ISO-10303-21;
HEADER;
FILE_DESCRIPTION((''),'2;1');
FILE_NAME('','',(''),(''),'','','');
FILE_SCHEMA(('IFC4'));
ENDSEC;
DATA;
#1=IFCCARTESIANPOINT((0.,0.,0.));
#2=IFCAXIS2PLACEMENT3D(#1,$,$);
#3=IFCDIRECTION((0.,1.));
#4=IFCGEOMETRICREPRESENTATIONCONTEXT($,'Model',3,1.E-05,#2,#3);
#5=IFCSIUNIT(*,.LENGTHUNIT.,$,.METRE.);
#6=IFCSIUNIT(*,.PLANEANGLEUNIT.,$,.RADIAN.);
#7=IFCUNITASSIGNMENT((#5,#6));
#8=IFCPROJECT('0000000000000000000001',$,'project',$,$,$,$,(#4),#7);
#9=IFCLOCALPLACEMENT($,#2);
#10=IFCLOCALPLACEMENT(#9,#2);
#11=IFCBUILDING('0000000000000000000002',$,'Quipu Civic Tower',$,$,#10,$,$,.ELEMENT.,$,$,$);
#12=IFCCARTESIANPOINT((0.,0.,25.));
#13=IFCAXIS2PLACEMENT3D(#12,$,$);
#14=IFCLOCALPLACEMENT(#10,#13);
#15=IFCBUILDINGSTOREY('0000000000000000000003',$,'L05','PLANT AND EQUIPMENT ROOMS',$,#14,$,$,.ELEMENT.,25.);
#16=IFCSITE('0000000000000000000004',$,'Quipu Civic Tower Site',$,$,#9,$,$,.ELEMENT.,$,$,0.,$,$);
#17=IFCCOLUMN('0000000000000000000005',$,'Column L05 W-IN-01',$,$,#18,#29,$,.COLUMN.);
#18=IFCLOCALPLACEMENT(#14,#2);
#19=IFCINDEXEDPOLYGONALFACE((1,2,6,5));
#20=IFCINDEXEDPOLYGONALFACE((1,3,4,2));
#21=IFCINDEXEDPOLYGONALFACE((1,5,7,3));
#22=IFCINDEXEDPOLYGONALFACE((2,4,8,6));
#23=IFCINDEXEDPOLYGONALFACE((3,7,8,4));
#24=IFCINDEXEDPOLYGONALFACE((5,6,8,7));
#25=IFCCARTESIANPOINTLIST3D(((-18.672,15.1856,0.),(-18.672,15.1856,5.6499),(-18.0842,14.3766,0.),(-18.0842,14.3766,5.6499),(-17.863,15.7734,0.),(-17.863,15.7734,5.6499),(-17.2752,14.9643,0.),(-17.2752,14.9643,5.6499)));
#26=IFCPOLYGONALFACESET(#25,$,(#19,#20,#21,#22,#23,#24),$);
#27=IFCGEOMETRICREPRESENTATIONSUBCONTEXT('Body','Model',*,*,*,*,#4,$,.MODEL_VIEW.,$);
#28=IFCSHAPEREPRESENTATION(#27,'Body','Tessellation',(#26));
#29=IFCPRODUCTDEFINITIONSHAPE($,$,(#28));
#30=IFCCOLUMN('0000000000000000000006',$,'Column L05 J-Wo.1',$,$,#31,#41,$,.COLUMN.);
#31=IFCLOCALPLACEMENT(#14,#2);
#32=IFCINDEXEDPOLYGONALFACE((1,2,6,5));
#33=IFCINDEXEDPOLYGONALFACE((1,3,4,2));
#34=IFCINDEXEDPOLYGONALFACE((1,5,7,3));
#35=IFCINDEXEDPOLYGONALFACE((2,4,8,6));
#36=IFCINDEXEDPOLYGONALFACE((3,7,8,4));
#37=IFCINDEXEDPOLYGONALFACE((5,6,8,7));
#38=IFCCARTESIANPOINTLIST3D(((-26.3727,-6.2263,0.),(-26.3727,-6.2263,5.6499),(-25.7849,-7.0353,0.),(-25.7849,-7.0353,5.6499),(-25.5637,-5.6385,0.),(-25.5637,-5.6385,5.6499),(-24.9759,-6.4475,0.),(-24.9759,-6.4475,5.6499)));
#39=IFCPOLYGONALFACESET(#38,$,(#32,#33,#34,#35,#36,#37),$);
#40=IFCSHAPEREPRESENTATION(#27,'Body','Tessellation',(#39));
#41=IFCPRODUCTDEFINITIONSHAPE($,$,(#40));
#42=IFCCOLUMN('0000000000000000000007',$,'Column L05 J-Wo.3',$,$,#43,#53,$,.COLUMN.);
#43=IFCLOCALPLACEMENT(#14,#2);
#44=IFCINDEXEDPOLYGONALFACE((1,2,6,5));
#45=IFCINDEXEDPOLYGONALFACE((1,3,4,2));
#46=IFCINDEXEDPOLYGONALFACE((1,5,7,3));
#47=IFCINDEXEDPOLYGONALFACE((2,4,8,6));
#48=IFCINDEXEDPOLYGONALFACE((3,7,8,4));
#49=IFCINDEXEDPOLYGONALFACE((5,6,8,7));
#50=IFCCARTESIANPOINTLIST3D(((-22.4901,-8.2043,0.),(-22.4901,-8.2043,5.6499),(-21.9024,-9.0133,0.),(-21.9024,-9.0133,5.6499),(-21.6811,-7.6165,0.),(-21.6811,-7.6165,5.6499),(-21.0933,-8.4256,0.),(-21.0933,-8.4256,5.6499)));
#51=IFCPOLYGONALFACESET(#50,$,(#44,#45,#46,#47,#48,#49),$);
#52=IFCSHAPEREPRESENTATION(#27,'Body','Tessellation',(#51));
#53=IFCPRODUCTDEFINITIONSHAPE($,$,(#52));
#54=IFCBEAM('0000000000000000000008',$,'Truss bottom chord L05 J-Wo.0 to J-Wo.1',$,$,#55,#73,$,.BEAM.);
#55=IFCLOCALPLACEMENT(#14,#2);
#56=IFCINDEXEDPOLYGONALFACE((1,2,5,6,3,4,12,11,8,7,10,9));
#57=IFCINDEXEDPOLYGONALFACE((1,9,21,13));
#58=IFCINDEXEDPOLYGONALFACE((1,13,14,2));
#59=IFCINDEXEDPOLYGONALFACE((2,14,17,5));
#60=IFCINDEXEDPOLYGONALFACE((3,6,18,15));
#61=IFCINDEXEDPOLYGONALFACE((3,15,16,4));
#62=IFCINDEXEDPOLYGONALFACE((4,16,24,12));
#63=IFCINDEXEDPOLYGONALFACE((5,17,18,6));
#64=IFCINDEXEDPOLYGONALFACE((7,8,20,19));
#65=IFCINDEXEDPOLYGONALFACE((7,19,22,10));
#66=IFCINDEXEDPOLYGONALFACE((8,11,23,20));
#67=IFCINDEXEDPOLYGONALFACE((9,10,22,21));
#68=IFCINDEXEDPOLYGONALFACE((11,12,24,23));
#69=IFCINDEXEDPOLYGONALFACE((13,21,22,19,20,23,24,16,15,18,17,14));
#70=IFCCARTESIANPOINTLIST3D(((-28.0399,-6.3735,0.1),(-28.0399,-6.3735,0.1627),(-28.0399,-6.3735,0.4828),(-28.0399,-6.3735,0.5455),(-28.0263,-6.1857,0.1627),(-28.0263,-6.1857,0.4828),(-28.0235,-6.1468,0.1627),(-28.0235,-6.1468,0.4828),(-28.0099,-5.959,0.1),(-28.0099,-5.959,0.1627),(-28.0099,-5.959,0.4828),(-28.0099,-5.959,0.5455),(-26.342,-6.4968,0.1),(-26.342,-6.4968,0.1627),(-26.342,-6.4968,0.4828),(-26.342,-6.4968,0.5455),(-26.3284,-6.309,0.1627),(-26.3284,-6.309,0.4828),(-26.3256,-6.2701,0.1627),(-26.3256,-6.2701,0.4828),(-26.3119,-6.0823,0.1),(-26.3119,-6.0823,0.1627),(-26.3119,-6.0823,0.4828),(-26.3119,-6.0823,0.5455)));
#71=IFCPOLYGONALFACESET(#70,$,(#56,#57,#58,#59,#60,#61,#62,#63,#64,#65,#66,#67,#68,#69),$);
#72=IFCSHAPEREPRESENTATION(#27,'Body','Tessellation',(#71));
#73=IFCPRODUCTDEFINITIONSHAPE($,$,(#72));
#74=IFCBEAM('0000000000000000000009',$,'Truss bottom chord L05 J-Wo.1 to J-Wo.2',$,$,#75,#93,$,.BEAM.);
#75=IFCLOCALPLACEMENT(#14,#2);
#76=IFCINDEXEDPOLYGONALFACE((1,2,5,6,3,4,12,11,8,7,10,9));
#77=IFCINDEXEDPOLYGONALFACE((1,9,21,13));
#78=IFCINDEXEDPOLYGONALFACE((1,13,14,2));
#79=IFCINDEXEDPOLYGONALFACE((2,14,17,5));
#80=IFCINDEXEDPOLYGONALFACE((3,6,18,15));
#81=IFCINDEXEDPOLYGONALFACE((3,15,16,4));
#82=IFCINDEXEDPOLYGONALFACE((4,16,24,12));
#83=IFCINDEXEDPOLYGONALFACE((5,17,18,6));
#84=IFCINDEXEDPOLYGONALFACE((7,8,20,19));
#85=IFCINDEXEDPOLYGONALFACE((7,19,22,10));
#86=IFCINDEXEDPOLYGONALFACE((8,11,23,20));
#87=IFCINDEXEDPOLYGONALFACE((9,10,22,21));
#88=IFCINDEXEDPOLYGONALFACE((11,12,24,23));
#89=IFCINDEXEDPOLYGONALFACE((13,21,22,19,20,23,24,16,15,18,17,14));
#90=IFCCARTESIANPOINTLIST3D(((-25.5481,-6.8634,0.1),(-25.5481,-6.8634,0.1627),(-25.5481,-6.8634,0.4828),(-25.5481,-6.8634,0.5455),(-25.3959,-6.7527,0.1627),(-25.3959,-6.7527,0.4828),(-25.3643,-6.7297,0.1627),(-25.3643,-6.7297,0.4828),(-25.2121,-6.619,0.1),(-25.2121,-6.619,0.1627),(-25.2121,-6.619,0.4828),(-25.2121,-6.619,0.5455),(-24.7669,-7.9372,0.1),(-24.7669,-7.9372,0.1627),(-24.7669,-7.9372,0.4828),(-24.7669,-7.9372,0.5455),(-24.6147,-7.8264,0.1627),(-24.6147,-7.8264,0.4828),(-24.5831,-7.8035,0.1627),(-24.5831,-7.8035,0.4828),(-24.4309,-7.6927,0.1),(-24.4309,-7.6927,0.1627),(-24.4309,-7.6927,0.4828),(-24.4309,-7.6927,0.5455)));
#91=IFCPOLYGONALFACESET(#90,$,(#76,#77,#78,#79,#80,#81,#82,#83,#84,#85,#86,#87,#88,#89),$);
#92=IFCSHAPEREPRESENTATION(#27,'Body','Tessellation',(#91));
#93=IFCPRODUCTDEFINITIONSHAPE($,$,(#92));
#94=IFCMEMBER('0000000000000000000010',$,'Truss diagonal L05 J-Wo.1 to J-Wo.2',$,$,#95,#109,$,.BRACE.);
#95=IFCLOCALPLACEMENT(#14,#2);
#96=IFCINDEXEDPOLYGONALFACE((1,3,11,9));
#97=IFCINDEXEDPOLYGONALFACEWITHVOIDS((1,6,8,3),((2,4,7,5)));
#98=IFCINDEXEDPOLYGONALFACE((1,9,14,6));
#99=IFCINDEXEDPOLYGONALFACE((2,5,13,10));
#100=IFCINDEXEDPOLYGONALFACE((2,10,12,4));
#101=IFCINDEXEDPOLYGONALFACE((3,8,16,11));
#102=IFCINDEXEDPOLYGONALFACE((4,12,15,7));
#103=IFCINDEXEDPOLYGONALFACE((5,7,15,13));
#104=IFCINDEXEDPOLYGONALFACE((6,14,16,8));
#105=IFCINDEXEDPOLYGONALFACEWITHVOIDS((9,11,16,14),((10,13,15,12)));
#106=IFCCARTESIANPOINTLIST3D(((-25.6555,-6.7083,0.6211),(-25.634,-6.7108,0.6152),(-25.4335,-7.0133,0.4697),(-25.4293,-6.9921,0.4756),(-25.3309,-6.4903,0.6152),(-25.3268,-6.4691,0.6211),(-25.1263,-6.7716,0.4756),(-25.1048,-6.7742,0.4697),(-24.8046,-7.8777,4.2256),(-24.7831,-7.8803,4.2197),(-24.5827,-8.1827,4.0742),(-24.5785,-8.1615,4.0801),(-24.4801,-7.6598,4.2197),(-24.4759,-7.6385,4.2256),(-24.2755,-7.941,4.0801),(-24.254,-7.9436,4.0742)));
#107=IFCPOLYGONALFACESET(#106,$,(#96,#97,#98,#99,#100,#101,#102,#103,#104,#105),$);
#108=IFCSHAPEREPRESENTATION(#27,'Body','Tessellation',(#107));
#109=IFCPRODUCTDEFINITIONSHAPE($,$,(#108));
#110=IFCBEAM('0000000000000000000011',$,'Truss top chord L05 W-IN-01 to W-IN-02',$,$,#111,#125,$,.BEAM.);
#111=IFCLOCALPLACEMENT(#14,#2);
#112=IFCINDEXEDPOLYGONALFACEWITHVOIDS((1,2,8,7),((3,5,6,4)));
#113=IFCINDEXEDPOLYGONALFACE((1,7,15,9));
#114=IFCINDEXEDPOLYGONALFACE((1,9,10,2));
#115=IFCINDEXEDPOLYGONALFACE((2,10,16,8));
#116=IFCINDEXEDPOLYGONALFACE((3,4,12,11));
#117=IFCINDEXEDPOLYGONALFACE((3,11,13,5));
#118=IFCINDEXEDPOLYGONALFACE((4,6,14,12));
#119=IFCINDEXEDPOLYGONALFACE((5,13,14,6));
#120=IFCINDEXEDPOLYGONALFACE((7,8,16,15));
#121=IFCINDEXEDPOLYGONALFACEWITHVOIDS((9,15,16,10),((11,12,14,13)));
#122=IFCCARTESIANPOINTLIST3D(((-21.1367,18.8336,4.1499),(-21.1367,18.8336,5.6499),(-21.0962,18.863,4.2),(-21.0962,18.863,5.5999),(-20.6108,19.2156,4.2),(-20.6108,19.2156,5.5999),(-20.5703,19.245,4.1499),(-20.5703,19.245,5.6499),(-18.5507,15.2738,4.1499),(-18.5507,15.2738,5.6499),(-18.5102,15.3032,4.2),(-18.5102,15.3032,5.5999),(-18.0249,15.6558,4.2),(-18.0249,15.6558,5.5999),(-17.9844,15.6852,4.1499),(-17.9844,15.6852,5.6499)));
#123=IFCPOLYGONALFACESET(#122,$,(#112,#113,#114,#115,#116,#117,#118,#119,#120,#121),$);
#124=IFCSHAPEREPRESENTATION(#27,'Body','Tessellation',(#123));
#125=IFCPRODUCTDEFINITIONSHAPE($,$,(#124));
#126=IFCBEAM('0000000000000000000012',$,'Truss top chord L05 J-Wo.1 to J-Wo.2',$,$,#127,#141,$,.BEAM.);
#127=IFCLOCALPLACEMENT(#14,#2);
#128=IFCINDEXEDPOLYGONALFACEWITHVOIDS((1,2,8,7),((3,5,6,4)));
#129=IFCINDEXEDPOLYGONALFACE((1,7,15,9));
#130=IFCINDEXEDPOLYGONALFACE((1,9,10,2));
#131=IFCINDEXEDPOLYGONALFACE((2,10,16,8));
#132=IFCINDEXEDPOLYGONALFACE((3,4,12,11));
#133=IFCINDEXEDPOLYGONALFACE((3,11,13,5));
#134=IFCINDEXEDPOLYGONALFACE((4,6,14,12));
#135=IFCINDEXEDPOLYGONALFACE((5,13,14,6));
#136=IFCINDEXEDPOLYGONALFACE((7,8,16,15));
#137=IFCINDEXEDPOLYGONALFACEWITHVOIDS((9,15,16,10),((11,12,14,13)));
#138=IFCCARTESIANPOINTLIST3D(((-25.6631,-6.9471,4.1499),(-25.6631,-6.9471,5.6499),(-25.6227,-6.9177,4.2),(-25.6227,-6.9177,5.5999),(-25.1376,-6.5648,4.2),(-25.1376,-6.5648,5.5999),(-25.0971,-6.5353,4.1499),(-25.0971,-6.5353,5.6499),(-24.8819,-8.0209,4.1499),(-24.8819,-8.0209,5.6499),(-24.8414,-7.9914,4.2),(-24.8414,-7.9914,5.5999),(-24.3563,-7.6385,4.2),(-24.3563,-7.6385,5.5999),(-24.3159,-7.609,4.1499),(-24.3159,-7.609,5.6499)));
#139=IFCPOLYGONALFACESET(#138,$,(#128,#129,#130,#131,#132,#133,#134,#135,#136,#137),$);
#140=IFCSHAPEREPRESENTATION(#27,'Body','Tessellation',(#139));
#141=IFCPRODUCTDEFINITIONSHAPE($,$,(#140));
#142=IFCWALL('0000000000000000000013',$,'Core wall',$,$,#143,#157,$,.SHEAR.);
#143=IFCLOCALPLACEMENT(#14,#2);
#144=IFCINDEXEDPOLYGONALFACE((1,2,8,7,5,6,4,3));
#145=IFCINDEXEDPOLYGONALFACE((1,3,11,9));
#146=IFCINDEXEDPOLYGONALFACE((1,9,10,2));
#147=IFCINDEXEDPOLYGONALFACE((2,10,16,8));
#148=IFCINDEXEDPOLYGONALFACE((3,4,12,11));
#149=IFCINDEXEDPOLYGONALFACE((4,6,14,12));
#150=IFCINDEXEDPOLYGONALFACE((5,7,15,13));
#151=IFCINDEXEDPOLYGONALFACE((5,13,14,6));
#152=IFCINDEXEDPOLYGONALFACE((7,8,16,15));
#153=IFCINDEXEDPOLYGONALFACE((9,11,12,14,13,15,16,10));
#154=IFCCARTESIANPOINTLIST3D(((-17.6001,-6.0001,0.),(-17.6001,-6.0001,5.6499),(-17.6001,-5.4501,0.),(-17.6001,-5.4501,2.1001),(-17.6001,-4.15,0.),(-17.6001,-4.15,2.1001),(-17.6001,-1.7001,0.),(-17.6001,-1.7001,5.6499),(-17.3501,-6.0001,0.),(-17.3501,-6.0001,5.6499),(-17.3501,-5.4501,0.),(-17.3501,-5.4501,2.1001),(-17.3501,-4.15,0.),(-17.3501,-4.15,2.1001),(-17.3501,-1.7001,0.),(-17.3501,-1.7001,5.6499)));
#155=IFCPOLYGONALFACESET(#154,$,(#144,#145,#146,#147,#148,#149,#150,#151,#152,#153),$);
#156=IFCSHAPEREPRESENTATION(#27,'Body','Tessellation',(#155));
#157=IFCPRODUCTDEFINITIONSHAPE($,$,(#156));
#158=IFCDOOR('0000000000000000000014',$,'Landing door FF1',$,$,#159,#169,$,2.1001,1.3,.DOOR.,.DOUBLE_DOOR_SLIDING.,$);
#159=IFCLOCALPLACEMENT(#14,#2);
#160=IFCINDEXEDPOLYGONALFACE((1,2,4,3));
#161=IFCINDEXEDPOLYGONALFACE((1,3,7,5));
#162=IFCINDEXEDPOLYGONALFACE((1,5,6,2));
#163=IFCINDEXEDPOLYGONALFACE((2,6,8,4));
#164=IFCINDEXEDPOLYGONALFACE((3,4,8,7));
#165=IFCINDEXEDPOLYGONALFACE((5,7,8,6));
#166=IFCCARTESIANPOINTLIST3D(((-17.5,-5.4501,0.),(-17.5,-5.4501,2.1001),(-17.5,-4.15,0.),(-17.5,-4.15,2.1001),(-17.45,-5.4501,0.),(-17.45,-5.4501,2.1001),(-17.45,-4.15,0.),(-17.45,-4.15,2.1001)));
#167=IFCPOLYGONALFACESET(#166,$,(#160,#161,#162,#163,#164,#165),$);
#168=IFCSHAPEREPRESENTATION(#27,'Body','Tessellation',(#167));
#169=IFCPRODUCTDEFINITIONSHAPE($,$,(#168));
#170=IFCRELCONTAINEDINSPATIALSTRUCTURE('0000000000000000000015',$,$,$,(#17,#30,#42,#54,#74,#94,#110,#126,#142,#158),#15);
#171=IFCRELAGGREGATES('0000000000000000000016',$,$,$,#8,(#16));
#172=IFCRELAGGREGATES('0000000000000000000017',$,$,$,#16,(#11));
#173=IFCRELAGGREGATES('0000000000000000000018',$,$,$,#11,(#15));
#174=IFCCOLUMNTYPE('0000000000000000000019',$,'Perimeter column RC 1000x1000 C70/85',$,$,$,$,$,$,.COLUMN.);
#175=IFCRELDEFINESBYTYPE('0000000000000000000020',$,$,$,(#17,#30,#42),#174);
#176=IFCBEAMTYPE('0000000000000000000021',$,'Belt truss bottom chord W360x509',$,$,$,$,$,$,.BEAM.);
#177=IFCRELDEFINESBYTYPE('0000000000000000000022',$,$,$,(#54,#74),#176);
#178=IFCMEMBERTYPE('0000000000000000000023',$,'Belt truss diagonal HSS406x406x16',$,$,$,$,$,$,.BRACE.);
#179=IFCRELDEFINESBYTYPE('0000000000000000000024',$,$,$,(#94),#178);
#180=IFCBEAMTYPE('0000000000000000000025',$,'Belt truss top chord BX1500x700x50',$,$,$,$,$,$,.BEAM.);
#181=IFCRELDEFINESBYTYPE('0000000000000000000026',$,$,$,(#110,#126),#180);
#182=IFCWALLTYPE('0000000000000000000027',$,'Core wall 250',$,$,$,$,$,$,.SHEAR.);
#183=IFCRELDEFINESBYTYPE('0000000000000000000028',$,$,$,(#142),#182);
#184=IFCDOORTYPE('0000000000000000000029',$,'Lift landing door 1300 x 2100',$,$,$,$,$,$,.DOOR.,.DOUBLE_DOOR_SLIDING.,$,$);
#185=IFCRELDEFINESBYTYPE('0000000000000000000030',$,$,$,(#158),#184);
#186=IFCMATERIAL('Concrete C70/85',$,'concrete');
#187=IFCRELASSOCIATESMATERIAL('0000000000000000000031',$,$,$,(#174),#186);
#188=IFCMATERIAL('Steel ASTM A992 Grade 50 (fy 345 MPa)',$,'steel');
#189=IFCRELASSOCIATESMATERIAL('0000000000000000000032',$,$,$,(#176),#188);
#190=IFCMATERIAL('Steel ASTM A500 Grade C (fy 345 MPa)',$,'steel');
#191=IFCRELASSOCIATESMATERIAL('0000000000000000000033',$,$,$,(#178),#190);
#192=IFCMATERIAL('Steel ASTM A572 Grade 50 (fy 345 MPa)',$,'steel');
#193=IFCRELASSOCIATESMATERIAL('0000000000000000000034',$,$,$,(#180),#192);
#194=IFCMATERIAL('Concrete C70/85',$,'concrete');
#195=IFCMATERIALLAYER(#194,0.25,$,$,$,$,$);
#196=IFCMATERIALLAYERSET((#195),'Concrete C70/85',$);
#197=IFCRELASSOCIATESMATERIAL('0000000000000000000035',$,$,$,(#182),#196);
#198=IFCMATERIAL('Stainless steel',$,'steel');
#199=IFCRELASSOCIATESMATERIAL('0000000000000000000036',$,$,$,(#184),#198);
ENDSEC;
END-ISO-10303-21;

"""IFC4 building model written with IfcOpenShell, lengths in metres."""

from ifc_helpers import new_model, si_unit, direction, frame, frame_2d, origin, origin_2d, place, context, subcontext, project, spatial, rectangle, hollow_rectangle, i_section, extrude, material, layer, layer_set, material_profile, profile_set, type_object, element, fill, save


model = new_model("IFC4")

# Units and contexts
model_context = context("Model", 3, precision=1e-05, world=origin(), true_north=direction((0.0, 1.0)))
body_context = subcontext(model_context, "Body", "Model", "MODEL_VIEW")
ifc_project = project(units=[si_unit("LENGTHUNIT", "METRE"), si_unit("PLANEANGLEUNIT", "RADIAN")], contexts=[model_context])

# Site, building, storey
site_placement = place(None, origin())
site = spatial("IfcSite", under=ifc_project, at=site_placement, Name="Quipu Civic Tower Site", CompositionType="ELEMENT", RefElevation=0.0)
building_placement = place(site_placement, origin())
building = spatial("IfcBuilding", under=site, at=building_placement, Name="Quipu Civic Tower", CompositionType="ELEMENT")
storey_placement = place(building_placement, frame((0.0, 0.0, 25.0)))
storey = spatial("IfcBuildingStorey", under=building, at=storey_placement, Name="L05", Description="PLANT AND EQUIPMENT ROOMS", CompositionType="ELEMENT", Elevation=25.0)

# Columns
ifc_material_1 = material(Name="Concrete C70/85", Category="concrete")
ifc_material_profile_1 = material_profile(ifc_material_1, rectangle(XDim=1.0, YDim=1.0, at=origin_2d()), Name="RC1000x1000")
ifc_profile_set_1 = profile_set([ifc_material_profile_1], Name="Concrete C70/85")
column_type = type_object("IfcColumnType", Name="Perimeter column RC 1000x1000 C70/85", PredefinedType="COLUMN", material=ifc_profile_set_1)
for number, where, z_axis, x_axis, name in (
    (1, (-17.9736, 15.075, 0.0), (0.0, 0.0, 1.0), (-0.587785, 0.809017, 0.0), "Column L05 W-IN-01"),
    (2, (-25.6743, -6.3369, 0.0), (0.0, 0.0, 1.0), (0.587785, -0.809017, 0.0), "Column L05 J-Wo.1"),
    (3, (-21.7917, -8.3149, 0.0), (0.0, 0.0, 1.0), (0.587785, -0.809017, 0.0), "Column L05 J-Wo.3"),
):
    element("IfcColumn", number, at=place(storey_placement, frame(where, z_axis=z_axis, x_axis=x_axis)), inside=storey, type_object=column_type, Name=name, PredefinedType="COLUMN", context=body_context, shape_type="SweptSolid", body=[
        extrude(rectangle(XDim=1.0, YDim=1.0, at=origin_2d()), origin(), (0.0, 0.0, 1.0), 5.6499),
    ])

# Beams
ifc_material_2 = material(Name="Steel ASTM A992 Grade 50 (fy 345 MPa)", Category="steel")
ifc_material_profile_2 = material_profile(ifc_material_2, i_section(OverallWidth=0.4155, OverallDepth=0.4456, WebThickness=0.0391, FlangeThickness=0.0627, at=origin_2d()), Name="W360x509")
ifc_profile_set_2 = profile_set([ifc_material_profile_2], Name="Steel ASTM A992 Grade 50 (fy 345 MPa)")
beam_type_1 = type_object("IfcBeamType", Name="Belt truss bottom chord W360x509", PredefinedType="BEAM", material=ifc_profile_set_2)
beam_1_placement = place(storey_placement, frame((-28.0249, -6.1663, 0.3228), z_axis=(0.997374, -0.072419, 0.0), x_axis=(0.072419, 0.997374, 0.0)))
element("IfcBeam", 4, at=beam_1_placement, inside=storey, type_object=beam_type_1, Name="Truss bottom chord L05 J-Wo.0 to J-Wo.1", PredefinedType="BEAM", context=body_context, shape_type="SweptSolid", body=[
    extrude(i_section(OverallWidth=0.4155, OverallDepth=0.4456, WebThickness=0.0391, FlangeThickness=0.0627, at=origin_2d()), origin(), (0.0, 0.0, 1.0), 1.7024),
])
beam_2_placement = place(storey_placement, frame((-25.3801, -6.7412, 0.3228), z_axis=(0.588347, -0.808609, 0.0), x_axis=(0.808609, 0.588347, 0.0)))
element("IfcBeam", 5, at=beam_2_placement, inside=storey, type_object=beam_type_1, Name="Truss bottom chord L05 J-Wo.1 to J-Wo.2", PredefinedType="BEAM", context=body_context, shape_type="SweptSolid", body=[
    extrude(i_section(OverallWidth=0.4155, OverallDepth=0.4456, WebThickness=0.0391, FlangeThickness=0.0627, at=origin_2d()), origin(), (0.0, 0.0, 1.0), 1.3279),
])

# Member
ifc_material_3 = material(Name="Steel ASTM A500 Grade C (fy 345 MPa)", Category="steel")
ifc_material_profile_3 = material_profile(ifc_material_3, hollow_rectangle(XDim=0.4065, YDim=0.4065, WallThickness=0.0159, at=origin_2d()), Name="HSS406x406x16")
ifc_profile_set_3 = profile_set([ifc_material_profile_3], Name="Steel ASTM A500 Grade C (fy 345 MPa)")
member_type = type_object("IfcMemberType", Name="Belt truss diagonal HSS406x406x16", PredefinedType="BRACE", material=ifc_profile_set_3)
member_placement = place(storey_placement, frame((-25.3801, -6.7412, 0.5454), z_axis=(0.219072, -0.301106, 0.928085), x_axis=(0.808627, 0.588322, 0.0)))
element("IfcMember", 6, at=member_placement, inside=storey, type_object=member_type, Name="Truss diagonal L05 J-Wo.1 to J-Wo.2", PredefinedType="BRACE", context=body_context, shape_type="SweptSolid", body=[
    extrude(hollow_rectangle(XDim=0.4065, YDim=0.4065, WallThickness=0.0159, at=origin_2d()), origin(), (0.0, 0.0, 1.0), 3.8838),
])

# Beams
ifc_material_4 = material(Name="Steel ASTM A572 Grade 50 (fy 345 MPa)", Category="steel")
ifc_material_profile_4 = material_profile(ifc_material_4, hollow_rectangle(XDim=0.7, YDim=1.5, WallThickness=0.05, at=origin_2d()), Name="BX1500x700x50")
ifc_profile_set_4 = profile_set([ifc_material_profile_4], Name="Steel ASTM A572 Grade 50 (fy 345 MPa)")
beam_type_2 = type_object("IfcBeamType", Name="Belt truss top chord BX1500x700x50", PredefinedType="BEAM", material=ifc_profile_set_4)
beam_3_placement = place(storey_placement, frame((-18.2676, 15.4795, 4.8999), z_axis=(-0.587723, 0.809062, 0.0), x_axis=(-0.809062, -0.587723, 0.0)))
element("IfcBeam", 7, at=beam_3_placement, inside=storey, type_object=beam_type_2, Name="Truss top chord L05 W-IN-01 to W-IN-02", PredefinedType="BEAM", context=body_context, shape_type="SweptSolid", body=[
    extrude(hollow_rectangle(XDim=0.7, YDim=1.5, WallThickness=0.05, at=origin_2d()), origin(), (0.0, 0.0, 1.0), 4.3999),
])
beam_4_placement = place(storey_placement, frame((-25.3801, -6.7412, 4.8999), z_axis=(0.588347, -0.808609, 0.0), x_axis=(0.808609, 0.588347, 0.0)))
element("IfcBeam", 8, at=beam_4_placement, inside=storey, type_object=beam_type_2, Name="Truss top chord L05 J-Wo.1 to J-Wo.2", PredefinedType="BEAM", context=body_context, shape_type="SweptSolid", body=[
    extrude(hollow_rectangle(XDim=0.7, YDim=1.5, WallThickness=0.05, at=origin_2d()), origin(), (0.0, 0.0, 1.0), 1.3279),
])

# Wall, opening, door
ifc_material_5 = material(Name="Concrete C70/85", Category="concrete")
ifc_layer_1 = layer(ifc_material_5, 0.25)
ifc_layer_set_1 = layer_set([ifc_layer_1], Name="Concrete C70/85")
wall_type_1 = type_object("IfcWallType", Name="Core wall 250", PredefinedType="SHEAR", material=ifc_layer_set_1)
wall_1_placement = place(storey_placement, frame((-17.4751, -6.0, 0.0), z_axis=(0.0, 0.0, 1.0), x_axis=(0.0, 1.0, 0.0)))
wall_1 = element("IfcWall", 9, at=wall_1_placement, inside=storey, type_object=wall_type_1, Name="Core wall", PredefinedType="SHEAR", context=body_context, shape_type="SweptSolid", body=[
    extrude(rectangle(XDim=4.3, YDim=0.25, at=frame_2d((2.1499, 0.0))), origin(), (0.0, 0.0, 1.0), 5.6499),
])
opening_1_placement = place(wall_1_placement, frame((0.55, 0.0, 0.0)))
opening_1 = element("IfcOpeningElement", 10, at=opening_1_placement, cuts=wall_1, PredefinedType="OPENING", context=body_context, shape_type="SweptSolid", body=[
    extrude(rectangle(XDim=1.3, YDim=2.1001, at=frame_2d((0.6499, 1.05))), frame((0.0, 0.135, 0.0), z_axis=(0.0, -1.0, 0.0), x_axis=(1.0, 0.0, 0.0)), (0.0, 0.0, 1.0), 0.27),
])
ifc_material_6 = material(Name="Stainless steel", Category="steel")
door_type_1 = type_object("IfcDoorType", Name="Lift landing door 1300 x 2100", OperationType="DOUBLE_DOOR_SLIDING", PredefinedType="DOOR", material=ifc_material_6)
door_1_placement = place(opening_1_placement, origin())
door_1 = element("IfcDoor", 11, at=door_1_placement, inside=storey, type_object=door_type_1, Name="Landing door FF1", OperationType="DOUBLE_DOOR_SLIDING", OverallHeight=2.1001, OverallWidth=1.3, PredefinedType="DOOR", context=body_context, shape_type="SweptSolid", body=[
    extrude(rectangle(XDim=1.3, YDim=2.1001, at=frame_2d((0.6499, 1.05))), frame((0.0, 0.0249, 0.0), z_axis=(0.0, -1.0, 0.0), x_axis=(1.0, 0.0, 0.0)), (0.0, 0.0, 1.0), 0.05),
])
fill(opening_1, door_1)

save(model, "model.ifc")
